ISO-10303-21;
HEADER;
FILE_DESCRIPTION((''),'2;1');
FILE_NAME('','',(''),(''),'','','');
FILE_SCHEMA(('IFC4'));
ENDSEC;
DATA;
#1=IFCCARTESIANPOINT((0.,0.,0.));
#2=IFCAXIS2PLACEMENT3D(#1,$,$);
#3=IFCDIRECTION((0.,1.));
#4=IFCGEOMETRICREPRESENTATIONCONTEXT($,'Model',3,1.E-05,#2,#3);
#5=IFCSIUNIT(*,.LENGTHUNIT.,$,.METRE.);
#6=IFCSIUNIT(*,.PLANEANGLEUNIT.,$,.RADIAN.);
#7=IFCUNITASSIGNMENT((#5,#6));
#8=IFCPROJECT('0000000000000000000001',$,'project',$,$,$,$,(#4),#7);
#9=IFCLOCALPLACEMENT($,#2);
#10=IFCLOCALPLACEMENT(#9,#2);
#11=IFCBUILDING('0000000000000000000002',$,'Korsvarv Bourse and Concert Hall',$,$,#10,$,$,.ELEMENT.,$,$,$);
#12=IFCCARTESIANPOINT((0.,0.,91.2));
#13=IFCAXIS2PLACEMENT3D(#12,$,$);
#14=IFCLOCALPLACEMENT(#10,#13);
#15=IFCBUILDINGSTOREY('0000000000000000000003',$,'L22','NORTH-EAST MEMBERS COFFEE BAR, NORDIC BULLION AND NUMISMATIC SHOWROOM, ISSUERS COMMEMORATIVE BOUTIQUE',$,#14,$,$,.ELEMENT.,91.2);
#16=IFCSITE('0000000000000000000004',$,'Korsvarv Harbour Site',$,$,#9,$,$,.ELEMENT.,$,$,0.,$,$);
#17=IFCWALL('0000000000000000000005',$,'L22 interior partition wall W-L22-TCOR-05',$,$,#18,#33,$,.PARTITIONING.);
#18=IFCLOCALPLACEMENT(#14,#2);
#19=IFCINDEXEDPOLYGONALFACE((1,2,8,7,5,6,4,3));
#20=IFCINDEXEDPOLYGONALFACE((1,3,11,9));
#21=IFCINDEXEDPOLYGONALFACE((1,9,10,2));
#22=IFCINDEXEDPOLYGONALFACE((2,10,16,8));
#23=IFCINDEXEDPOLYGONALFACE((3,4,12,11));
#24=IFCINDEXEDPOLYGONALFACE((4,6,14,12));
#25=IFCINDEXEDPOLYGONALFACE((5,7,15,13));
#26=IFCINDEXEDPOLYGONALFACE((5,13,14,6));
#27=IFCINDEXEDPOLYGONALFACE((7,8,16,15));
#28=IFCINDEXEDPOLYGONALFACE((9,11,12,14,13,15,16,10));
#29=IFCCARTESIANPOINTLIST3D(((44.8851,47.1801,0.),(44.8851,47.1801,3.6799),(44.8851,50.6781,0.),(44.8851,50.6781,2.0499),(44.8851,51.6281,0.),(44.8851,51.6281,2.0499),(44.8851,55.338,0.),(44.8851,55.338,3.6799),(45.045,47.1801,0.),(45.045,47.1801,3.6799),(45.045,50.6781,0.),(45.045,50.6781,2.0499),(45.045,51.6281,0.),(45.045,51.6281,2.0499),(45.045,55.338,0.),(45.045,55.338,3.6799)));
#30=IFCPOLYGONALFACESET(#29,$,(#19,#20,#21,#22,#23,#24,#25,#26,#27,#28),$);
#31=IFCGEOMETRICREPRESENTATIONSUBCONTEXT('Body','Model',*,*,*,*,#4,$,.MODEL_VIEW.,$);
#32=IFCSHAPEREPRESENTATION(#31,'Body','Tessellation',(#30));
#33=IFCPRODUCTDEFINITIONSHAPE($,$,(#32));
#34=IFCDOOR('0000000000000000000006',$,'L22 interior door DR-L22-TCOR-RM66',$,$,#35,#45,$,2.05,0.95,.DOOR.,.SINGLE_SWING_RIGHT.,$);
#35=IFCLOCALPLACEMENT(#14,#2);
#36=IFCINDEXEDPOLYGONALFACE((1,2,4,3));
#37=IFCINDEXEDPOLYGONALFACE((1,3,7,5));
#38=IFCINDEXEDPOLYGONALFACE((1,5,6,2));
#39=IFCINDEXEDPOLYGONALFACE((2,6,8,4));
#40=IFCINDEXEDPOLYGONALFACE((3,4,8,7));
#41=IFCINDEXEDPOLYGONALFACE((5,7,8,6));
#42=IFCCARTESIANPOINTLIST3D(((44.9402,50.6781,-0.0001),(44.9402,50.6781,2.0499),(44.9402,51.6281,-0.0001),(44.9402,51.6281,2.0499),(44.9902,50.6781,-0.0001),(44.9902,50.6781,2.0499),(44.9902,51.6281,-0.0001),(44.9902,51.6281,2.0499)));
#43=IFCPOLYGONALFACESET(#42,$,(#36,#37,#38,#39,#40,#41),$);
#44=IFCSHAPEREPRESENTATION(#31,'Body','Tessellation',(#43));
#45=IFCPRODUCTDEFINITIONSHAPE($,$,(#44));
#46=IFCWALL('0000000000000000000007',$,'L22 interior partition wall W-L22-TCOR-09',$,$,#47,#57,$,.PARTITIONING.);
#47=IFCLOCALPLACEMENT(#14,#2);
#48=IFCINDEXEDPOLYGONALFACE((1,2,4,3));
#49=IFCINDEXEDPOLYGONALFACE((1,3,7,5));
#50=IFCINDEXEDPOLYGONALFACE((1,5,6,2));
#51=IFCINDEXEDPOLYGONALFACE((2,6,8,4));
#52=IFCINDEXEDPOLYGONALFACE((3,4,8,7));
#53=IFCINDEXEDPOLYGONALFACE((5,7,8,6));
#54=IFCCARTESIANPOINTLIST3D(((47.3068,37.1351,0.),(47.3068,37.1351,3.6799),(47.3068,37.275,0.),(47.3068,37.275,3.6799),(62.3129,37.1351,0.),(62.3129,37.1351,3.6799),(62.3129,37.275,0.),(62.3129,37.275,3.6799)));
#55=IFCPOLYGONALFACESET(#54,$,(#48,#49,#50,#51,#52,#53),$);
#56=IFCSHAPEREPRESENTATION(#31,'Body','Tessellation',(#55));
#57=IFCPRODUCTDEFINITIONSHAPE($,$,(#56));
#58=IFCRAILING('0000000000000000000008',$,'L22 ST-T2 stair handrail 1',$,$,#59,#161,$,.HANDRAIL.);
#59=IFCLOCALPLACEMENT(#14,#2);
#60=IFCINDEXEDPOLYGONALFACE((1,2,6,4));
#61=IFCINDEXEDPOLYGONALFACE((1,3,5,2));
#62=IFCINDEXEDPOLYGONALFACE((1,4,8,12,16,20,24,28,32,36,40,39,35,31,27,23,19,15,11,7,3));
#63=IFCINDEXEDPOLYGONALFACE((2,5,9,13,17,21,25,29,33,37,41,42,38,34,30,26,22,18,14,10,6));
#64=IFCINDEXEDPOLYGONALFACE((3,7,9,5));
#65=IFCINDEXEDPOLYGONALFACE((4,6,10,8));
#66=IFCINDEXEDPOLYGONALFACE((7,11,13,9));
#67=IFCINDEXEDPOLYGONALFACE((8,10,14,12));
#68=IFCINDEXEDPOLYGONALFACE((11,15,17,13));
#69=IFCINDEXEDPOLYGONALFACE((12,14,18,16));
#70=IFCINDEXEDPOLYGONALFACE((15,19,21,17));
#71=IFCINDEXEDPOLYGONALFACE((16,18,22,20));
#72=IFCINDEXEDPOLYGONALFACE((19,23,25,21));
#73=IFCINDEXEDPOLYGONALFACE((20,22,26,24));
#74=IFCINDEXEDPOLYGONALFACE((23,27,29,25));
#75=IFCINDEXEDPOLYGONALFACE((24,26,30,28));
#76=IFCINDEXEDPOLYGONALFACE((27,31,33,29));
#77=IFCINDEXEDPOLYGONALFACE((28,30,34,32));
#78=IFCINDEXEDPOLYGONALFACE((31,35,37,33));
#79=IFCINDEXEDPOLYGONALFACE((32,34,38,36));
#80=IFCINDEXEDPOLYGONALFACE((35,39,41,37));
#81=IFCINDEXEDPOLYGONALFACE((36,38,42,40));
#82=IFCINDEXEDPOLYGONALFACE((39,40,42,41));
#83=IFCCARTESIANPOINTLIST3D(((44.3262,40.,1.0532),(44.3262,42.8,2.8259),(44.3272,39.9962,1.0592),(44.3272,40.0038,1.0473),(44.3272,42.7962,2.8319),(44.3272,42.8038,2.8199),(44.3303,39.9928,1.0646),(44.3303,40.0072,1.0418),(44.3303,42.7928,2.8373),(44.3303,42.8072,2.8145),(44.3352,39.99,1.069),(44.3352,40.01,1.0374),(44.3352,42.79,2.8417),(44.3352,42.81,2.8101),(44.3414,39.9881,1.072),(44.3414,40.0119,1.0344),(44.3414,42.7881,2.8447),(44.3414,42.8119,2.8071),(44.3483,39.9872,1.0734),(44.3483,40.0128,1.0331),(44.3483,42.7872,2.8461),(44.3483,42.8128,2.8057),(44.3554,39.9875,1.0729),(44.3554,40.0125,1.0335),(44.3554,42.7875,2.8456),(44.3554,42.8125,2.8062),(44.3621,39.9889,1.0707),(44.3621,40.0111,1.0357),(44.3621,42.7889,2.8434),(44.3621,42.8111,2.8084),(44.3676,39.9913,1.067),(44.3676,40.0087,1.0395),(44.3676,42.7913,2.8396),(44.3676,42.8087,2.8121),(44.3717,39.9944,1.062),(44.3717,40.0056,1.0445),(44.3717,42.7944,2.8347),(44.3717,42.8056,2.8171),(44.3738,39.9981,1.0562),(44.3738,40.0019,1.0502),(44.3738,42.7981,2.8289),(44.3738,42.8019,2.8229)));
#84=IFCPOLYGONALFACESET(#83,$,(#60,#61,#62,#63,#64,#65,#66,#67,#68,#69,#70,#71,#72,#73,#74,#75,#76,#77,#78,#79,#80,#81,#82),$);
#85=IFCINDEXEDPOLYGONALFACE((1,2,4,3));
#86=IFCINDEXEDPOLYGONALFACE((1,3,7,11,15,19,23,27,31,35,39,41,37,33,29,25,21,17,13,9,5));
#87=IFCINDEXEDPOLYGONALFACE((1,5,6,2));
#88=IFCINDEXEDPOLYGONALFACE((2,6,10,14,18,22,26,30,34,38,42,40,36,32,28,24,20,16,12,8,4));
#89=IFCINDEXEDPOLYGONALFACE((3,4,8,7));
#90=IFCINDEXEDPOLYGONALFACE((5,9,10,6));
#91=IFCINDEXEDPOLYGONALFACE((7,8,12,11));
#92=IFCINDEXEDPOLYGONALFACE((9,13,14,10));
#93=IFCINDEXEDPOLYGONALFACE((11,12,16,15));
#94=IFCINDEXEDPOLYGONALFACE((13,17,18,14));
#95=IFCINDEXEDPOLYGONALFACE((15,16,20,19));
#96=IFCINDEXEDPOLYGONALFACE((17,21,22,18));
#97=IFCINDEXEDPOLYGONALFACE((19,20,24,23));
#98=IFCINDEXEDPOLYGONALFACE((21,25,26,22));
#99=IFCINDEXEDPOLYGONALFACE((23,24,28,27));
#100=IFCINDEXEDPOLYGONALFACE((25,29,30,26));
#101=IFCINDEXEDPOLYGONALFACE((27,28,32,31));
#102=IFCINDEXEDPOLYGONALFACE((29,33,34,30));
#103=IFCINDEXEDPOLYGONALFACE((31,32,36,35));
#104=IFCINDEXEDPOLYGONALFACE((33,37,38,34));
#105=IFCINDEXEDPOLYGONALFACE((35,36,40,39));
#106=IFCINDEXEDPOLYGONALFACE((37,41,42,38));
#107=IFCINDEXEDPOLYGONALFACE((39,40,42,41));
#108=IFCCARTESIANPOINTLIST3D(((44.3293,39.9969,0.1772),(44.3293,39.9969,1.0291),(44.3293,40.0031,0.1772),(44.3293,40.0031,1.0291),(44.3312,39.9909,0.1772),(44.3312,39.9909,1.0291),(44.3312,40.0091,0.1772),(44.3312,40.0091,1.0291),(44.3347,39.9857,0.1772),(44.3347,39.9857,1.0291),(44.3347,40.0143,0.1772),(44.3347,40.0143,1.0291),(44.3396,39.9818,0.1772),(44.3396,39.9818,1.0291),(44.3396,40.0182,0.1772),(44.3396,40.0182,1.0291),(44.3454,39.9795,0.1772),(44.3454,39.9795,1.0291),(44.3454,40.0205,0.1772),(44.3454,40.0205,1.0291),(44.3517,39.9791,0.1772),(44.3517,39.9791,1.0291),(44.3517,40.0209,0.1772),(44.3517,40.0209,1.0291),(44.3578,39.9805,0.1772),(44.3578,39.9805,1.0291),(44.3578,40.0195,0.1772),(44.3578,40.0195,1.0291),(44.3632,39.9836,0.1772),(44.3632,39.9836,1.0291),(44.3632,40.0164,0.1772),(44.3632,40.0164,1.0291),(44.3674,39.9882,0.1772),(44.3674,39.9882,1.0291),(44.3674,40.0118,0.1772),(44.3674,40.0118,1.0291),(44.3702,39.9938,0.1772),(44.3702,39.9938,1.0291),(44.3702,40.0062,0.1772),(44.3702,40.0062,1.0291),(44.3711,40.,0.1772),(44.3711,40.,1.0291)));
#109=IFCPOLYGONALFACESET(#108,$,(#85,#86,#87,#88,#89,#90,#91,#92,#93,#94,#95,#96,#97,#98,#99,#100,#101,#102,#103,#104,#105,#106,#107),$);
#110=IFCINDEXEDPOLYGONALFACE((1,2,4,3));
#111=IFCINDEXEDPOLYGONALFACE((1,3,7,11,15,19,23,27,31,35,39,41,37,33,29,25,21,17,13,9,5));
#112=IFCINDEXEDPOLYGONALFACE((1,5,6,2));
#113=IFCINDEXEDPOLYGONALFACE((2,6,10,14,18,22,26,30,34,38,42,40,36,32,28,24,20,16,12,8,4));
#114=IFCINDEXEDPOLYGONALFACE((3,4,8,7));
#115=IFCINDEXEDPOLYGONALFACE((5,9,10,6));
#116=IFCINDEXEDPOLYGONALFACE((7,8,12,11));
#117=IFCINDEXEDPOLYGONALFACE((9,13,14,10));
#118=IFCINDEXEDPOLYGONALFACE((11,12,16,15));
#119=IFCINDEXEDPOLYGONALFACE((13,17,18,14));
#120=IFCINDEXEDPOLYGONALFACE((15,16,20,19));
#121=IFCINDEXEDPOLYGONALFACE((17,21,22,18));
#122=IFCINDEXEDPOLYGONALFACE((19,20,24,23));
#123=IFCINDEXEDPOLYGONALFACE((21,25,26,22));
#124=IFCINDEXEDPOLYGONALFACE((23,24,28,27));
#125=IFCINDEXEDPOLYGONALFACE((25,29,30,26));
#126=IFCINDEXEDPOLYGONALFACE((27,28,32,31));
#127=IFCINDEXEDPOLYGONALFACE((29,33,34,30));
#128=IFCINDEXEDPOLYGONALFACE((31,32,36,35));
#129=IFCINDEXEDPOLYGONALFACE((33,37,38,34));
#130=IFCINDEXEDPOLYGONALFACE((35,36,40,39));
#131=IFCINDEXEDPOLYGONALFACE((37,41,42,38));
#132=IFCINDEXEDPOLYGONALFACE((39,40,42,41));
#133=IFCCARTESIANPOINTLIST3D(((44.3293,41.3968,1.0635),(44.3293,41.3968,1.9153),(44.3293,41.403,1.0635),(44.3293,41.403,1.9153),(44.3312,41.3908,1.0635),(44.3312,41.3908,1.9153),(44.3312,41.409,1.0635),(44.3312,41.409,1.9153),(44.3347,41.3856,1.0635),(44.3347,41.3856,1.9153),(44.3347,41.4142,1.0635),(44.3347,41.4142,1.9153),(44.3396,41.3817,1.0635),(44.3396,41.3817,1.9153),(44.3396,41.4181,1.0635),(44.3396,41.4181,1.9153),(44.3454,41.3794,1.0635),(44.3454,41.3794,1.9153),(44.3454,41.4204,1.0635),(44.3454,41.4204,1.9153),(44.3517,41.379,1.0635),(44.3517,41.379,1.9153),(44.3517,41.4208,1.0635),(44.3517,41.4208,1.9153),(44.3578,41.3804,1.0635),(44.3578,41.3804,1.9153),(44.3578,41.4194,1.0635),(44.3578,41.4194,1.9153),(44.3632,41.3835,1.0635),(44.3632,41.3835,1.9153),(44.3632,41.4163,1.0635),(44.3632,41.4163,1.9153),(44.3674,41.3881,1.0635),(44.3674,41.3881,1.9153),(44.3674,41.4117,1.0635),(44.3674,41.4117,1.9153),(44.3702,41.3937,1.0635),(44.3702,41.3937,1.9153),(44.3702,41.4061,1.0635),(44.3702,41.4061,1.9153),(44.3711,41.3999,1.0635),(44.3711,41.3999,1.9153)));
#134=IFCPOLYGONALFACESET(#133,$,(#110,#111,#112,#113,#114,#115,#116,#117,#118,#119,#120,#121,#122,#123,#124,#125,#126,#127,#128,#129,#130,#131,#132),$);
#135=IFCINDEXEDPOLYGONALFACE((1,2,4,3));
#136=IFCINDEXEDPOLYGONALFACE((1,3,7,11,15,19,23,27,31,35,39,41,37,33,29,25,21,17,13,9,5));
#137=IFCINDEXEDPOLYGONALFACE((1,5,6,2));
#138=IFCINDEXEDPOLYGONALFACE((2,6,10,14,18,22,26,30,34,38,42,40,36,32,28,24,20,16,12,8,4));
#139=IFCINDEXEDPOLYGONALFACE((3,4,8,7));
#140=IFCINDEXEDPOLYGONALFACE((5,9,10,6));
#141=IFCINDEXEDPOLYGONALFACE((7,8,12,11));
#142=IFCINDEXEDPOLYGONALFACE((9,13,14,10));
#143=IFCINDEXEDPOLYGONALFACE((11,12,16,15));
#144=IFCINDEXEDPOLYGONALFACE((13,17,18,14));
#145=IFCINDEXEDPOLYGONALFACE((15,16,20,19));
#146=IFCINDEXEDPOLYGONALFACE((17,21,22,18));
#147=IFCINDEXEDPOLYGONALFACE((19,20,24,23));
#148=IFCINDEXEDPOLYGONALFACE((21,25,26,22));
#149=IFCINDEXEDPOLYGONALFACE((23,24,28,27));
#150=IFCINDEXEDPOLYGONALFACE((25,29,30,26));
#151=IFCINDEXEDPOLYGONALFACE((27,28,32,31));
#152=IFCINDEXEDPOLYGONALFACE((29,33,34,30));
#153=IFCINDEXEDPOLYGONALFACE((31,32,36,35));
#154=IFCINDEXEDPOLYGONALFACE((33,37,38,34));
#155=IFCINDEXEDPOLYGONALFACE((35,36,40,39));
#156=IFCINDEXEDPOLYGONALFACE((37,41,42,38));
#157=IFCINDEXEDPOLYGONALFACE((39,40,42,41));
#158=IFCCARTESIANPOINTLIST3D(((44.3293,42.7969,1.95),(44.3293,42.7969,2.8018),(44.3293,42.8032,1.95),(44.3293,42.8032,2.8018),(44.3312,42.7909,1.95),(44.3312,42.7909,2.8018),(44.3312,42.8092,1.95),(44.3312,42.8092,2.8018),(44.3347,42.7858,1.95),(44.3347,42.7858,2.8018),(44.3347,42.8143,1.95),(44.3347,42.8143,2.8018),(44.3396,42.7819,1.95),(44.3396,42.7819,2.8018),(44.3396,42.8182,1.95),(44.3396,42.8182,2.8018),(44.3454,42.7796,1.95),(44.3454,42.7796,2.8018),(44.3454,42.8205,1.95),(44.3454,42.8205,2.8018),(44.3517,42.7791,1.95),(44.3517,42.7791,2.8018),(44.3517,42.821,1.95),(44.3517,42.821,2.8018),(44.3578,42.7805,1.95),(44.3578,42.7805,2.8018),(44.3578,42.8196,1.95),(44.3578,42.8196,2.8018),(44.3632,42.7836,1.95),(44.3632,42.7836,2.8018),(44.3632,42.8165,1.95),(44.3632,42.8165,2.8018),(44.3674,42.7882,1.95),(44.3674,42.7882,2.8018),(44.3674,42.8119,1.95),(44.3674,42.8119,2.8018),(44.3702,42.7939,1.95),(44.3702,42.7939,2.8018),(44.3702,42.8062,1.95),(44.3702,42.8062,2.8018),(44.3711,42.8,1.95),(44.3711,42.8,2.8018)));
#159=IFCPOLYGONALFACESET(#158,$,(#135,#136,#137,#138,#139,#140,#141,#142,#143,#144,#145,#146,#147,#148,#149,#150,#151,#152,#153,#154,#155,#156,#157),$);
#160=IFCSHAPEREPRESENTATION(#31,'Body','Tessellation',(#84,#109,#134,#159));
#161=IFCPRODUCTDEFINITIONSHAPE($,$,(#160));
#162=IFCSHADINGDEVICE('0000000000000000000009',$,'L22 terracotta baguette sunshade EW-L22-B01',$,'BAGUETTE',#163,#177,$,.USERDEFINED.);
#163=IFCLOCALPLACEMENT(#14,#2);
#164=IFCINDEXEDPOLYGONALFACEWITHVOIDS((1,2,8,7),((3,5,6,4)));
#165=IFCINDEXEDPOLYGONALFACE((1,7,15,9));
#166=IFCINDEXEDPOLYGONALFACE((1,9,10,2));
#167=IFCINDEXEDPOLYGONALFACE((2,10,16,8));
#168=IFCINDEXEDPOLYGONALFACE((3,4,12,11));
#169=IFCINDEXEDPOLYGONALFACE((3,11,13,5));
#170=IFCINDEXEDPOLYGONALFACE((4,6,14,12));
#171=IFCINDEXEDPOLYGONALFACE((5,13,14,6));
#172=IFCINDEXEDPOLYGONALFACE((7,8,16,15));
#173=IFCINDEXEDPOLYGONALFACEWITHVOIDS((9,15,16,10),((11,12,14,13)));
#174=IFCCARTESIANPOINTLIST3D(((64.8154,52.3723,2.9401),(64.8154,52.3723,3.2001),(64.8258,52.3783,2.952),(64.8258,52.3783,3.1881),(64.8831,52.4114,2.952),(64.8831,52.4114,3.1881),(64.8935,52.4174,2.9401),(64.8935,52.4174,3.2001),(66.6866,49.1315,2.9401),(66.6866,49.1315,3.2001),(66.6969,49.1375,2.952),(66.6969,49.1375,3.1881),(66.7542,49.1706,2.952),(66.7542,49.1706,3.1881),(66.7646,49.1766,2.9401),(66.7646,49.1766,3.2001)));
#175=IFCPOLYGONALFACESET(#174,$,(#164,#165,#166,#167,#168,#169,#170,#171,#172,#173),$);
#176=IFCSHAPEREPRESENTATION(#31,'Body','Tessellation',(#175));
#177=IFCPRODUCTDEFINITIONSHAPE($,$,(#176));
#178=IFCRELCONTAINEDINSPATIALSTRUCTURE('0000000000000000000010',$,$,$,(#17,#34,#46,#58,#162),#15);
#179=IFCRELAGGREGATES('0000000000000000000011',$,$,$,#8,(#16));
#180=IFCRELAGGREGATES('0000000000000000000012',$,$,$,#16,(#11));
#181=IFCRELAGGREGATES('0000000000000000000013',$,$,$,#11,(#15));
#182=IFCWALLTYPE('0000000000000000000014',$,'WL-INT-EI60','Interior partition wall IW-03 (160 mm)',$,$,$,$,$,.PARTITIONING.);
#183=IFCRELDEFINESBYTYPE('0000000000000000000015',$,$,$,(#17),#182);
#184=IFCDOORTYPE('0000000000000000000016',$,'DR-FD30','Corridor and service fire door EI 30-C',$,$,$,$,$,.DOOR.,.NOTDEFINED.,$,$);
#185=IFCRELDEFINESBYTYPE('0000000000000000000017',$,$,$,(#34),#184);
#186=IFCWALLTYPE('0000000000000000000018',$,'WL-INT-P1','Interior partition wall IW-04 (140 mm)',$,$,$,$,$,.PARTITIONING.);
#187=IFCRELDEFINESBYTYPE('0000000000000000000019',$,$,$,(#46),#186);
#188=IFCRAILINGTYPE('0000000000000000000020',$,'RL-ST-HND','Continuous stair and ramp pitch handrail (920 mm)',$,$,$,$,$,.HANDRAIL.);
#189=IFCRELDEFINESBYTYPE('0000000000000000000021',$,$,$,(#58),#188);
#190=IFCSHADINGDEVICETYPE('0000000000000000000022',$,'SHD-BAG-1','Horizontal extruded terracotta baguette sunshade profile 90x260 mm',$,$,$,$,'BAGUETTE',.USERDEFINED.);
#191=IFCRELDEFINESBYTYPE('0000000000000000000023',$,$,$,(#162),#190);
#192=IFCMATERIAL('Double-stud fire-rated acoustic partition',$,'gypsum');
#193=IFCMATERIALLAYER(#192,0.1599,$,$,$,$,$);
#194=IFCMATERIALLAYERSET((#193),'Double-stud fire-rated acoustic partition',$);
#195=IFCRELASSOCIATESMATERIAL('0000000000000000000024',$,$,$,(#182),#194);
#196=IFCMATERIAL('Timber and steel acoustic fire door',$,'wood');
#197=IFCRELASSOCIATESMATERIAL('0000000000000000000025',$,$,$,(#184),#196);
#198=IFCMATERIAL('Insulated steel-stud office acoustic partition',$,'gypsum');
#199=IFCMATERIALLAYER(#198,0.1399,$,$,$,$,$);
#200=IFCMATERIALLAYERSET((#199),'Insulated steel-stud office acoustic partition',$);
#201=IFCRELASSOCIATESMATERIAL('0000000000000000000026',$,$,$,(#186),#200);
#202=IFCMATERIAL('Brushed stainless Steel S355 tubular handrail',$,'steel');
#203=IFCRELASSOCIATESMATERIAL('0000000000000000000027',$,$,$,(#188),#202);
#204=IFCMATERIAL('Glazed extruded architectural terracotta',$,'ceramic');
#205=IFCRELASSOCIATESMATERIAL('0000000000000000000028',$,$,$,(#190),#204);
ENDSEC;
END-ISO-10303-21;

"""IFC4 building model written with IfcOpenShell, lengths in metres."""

from ifc_helpers import new_model, si_unit, direction, frame, frame_2d, origin, origin_2d, place, context, subcontext, project, spatial, rectangle, hollow_rectangle, circle, extrude, source, transform, mapped, material, layer, layer_set, material_profile, profile_set, type_object, element, fill, save


model = new_model("IFC4")

# Units and contexts
model_context = context("Model", 3, precision=1e-05, world=origin(), true_north=direction((0.0, 1.0)))
body_context = subcontext(model_context, "Body", "Model", "MODEL_VIEW")
ifc_project = project(units=[si_unit("LENGTHUNIT", "METRE"), si_unit("PLANEANGLEUNIT", "RADIAN")], contexts=[model_context])

# Site, building, storey
site_placement = place(None, origin())
site = spatial("IfcSite", under=ifc_project, at=site_placement, Name="Korsvarv Harbour Site", CompositionType="ELEMENT", RefElevation=0.0)
building_placement = place(site_placement, origin())
building = spatial("IfcBuilding", under=site, at=building_placement, Name="Korsvarv Bourse and Concert Hall", CompositionType="ELEMENT")
storey_placement = place(building_placement, frame((0.0, 0.0, 91.2)))
storey = spatial("IfcBuildingStorey", under=building, at=storey_placement, Name="L22", Description="NORTH-EAST MEMBERS COFFEE BAR, NORDIC BULLION AND NUMISMATIC SHOWROOM, ISSUERS COMMEMORATIVE BOUTIQUE", CompositionType="ELEMENT", Elevation=91.2)

# Wall, opening, door
ifc_material_1 = material(Name="Double-stud fire-rated acoustic partition", Category="gypsum")
ifc_layer_1 = layer(ifc_material_1, 0.1599)
ifc_layer_set_1 = layer_set([ifc_layer_1], Name="Double-stud fire-rated acoustic partition")
wall_type_1 = type_object("IfcWallType", Name="WL-INT-EI60", Description="Interior partition wall IW-03 (160 mm)", PredefinedType="PARTITIONING", material=ifc_layer_set_1)
wall_1_placement = place(storey_placement, frame((44.9651, 47.1799, 0.0), z_axis=(0.0, 0.0, 1.0), x_axis=(0.0, 1.0, 0.0)))
wall_1 = element("IfcWall", 1, at=wall_1_placement, inside=storey, type_object=wall_type_1, Name="L22 interior partition wall W-L22-TCOR-05", PredefinedType="PARTITIONING", context=body_context, shape_type="SweptSolid", body=[
    extrude(rectangle(XDim=8.158, YDim=0.1599, at=frame_2d((4.0791, 0.0))), origin(), (0.0, 0.0, 1.0), 3.6799),
])
opening_1_placement = place(wall_1_placement, frame((3.498, 0.0, 0.0)))
opening_1 = element("IfcOpeningElement", 2, at=opening_1_placement, cuts=wall_1, PredefinedType="OPENING", context=body_context, shape_type="SweptSolid", body=[
    extrude(rectangle(XDim=0.95, YDim=2.05, at=frame_2d((0.4751, 1.0249))), frame((0.0, 0.0898, 0.0), z_axis=(0.0, -1.0, 0.0), x_axis=(1.0, 0.0, 0.0)), (0.0, 0.0, 1.0), 0.1799),
])
ifc_material_2 = material(Name="Timber and steel acoustic fire door", Category="wood")
door_type_1 = type_object("IfcDoorType", Name="DR-FD30", Description="Corridor and service fire door EI 30-C", OperationType="NOTDEFINED", PredefinedType="DOOR", material=ifc_material_2)
door_1_placement = place(opening_1_placement, origin())
door_1 = element("IfcDoor", 3, at=door_1_placement, inside=storey, type_object=door_type_1, Name="L22 interior door DR-L22-TCOR-RM66", OperationType="SINGLE_SWING_RIGHT", OverallHeight=2.05, OverallWidth=0.95, PredefinedType="DOOR", context=body_context, shape_type="SweptSolid", body=[
    extrude(rectangle(XDim=0.95, YDim=2.05, at=frame_2d((0.4751, 1.0249))), frame((0.0, 0.0249, 0.0), z_axis=(0.0, -1.0, 0.0), x_axis=(1.0, 0.0, 0.0)), (0.0, 0.0, 1.0), 0.05),
])
fill(opening_1, door_1)

# Wall
ifc_material_3 = material(Name="Insulated steel-stud office acoustic partition", Category="gypsum")
ifc_layer_2 = layer(ifc_material_3, 0.1399)
ifc_layer_set_2 = layer_set([ifc_layer_2], Name="Insulated steel-stud office acoustic partition")
wall_type_2 = type_object("IfcWallType", Name="WL-INT-P1", Description="Interior partition wall IW-04 (140 mm)", PredefinedType="PARTITIONING", material=ifc_layer_set_2)
wall_2_placement = place(storey_placement, frame((47.3069, 37.2051, 0.0), z_axis=(0.0, 0.0, 1.0), x_axis=(1.0, 0.0, 0.0)))
element("IfcWall", 4, at=wall_2_placement, inside=storey, type_object=wall_type_2, Name="L22 interior partition wall W-L22-TCOR-09", PredefinedType="PARTITIONING", context=body_context, shape_type="SweptSolid", body=[
    extrude(rectangle(XDim=15.0061, YDim=0.1399, at=frame_2d((7.5029, 0.0))), origin(), (0.0, 0.0, 1.0), 3.6799),
])

# Railing
ifc_material_4 = material(Name="Brushed stainless Steel S355 tubular handrail", Category="steel")
railing_type = type_object("IfcRailingType", Name="RL-ST-HND", Description="Continuous stair and ramp pitch handrail (920 mm)", PredefinedType="HANDRAIL", material=ifc_material_4)
railing_placement = place(storey_placement, frame((44.3501, 40.0, 0.1772)))
element("IfcRailing", 5, at=railing_placement, inside=storey, type_object=railing_type, Name="L22 ST-T2 stair handrail 1", PredefinedType="HANDRAIL", context=body_context, shape_type="SweptSolid", body=[
    extrude(circle(Radius=0.0239, at=origin_2d()), frame((0.0, 0.0, 0.876), z_axis=(0.0, 0.844909, 0.53491), x_axis=(-1.0, 0.0, 0.0)), (0.0, 0.0, 1.0), 3.314),
    extrude(circle(Radius=0.021, at=origin_2d()), origin(), (0.0, 0.0, 1.0), 0.8518),
    extrude(circle(Radius=0.021, at=origin_2d()), frame((0.0, 1.3999, 0.8862)), (0.0, 0.0, 1.0), 0.8518),
    extrude(circle(Radius=0.021, at=origin_2d()), frame((0.0, 2.8, 1.7727)), (0.0, 0.0, 1.0), 0.8518),
])

# Shading device
ifc_material_5 = material(Name="Glazed extruded architectural terracotta", Category="ceramic")
ifc_material_profile_1 = material_profile(ifc_material_5, hollow_rectangle(XDim=0.0901, YDim=0.26, WallThickness=0.012, at=origin_2d()), Name="TC-BAG 90x260")
ifc_profile_set_1 = profile_set([ifc_material_profile_1], Name="Glazed extruded architectural terracotta")
shading_device_type = type_object("IfcShadingDeviceType", Name="SHD-BAG-1", Description="Horizontal extruded terracotta baguette sunshade profile 90x260 mm", ElementType="BAGUETTE", PredefinedType="USERDEFINED", material=ifc_profile_set_1)
shared_shape_1 = source(origin(), body_context, "Body", "SweptSolid", [
    extrude(hollow_rectangle(XDim=0.0901, YDim=0.26, WallThickness=0.012, at=origin_2d()), origin(), (0.0, 0.0, 1.0), 3.7422),
])
shading_device_1_placement = place(storey_placement, frame((66.7256, 49.1541, 3.0701), z_axis=(-0.500012, 0.866018, 0.0), x_axis=(-0.866018, -0.500012, 0.0)))
element("IfcShadingDevice", 6, at=shading_device_1_placement, inside=storey, type_object=shading_device_type, Name="L22 terracotta baguette sunshade EW-L22-B01", ObjectType="BAGUETTE", PredefinedType="USERDEFINED", context=body_context, shape_type="MappedRepresentation", body=[
    mapped(shared_shape_1, transform((0.0, 0.0, 0.0), scale=1.0)),
])

save(model, "model.ifc")
